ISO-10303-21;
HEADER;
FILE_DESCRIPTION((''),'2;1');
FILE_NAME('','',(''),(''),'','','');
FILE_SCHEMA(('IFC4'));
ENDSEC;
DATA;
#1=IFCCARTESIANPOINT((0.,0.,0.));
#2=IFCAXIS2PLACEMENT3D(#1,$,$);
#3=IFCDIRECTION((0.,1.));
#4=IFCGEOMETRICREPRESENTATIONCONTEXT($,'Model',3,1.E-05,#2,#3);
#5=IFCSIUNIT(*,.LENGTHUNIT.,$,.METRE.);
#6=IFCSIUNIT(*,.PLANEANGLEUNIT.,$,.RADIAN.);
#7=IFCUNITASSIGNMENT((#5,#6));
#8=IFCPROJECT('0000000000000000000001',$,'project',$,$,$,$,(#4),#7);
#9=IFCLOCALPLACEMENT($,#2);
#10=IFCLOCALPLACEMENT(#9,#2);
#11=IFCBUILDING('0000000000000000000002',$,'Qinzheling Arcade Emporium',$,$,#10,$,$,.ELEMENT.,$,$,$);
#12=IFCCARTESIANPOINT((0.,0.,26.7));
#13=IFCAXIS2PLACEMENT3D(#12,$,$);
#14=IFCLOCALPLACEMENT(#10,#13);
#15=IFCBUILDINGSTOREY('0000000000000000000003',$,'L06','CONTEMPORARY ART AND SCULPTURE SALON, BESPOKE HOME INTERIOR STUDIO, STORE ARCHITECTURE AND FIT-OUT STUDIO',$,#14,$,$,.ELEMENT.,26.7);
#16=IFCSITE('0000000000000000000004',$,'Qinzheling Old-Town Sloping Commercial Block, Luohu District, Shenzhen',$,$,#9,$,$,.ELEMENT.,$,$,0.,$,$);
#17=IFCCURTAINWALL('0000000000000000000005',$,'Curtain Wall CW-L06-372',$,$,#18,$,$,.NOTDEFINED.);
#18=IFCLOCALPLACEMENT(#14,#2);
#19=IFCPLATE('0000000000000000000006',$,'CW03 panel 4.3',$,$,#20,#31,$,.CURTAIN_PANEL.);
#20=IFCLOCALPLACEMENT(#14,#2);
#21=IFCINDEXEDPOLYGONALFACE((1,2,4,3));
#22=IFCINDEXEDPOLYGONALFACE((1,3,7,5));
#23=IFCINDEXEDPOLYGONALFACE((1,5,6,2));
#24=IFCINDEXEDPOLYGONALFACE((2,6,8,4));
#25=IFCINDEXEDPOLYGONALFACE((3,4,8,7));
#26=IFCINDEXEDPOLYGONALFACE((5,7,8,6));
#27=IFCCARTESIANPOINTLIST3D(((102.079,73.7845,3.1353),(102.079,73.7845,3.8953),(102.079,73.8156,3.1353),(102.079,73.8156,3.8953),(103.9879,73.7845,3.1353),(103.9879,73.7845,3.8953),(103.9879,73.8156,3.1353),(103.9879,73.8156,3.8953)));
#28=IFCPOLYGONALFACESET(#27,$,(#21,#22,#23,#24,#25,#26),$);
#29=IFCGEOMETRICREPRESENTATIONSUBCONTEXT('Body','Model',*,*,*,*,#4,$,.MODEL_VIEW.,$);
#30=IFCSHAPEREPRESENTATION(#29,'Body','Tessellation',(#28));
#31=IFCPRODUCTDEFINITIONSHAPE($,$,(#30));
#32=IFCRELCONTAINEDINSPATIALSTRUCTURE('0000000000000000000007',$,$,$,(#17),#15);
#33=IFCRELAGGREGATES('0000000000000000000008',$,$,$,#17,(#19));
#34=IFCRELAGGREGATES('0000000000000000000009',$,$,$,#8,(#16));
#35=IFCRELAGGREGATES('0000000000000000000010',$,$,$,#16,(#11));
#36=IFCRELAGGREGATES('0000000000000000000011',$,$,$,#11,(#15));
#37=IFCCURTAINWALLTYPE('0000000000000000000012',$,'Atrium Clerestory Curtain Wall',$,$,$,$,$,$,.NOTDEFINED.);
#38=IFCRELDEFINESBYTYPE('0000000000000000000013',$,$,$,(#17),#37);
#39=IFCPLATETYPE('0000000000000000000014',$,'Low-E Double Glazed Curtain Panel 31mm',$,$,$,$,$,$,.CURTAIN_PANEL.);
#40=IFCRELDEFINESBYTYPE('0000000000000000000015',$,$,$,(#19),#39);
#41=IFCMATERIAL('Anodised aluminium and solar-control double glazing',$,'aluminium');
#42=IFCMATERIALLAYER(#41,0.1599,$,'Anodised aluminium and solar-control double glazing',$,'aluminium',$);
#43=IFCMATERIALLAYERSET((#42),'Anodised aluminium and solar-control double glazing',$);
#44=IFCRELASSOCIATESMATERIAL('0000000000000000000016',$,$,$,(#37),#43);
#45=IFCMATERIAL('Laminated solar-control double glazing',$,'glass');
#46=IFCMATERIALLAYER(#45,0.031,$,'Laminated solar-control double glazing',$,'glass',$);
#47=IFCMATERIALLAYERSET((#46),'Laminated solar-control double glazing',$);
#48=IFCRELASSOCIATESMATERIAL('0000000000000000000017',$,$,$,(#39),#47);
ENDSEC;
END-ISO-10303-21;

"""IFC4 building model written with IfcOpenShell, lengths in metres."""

from ifc_helpers import new_model, si_unit, direction, frame, origin, origin_2d, place, context, subcontext, project, spatial, rectangle, extrude, material, layer, layer_set, type_object, element, aggregate, save


model = new_model("IFC4")

# Units and contexts
model_context = context("Model", 3, precision=1e-05, world=origin(), true_north=direction((0.0, 1.0)))
body_context = subcontext(model_context, "Body", "Model", "MODEL_VIEW")
ifc_project = project(units=[si_unit("LENGTHUNIT", "METRE"), si_unit("PLANEANGLEUNIT", "RADIAN")], contexts=[model_context])

# Site, building, storey
site_placement = place(None, origin())
site = spatial("IfcSite", under=ifc_project, at=site_placement, Name="Qinzheling Old-Town Sloping Commercial Block, Luohu District, Shenzhen", CompositionType="ELEMENT", RefElevation=0.0)
building_placement = place(site_placement, origin())
building = spatial("IfcBuilding", under=site, at=building_placement, Name="Qinzheling Arcade Emporium", CompositionType="ELEMENT")
storey_placement = place(building_placement, frame((0.0, 0.0, 26.7)))
storey = spatial("IfcBuildingStorey", under=building, at=storey_placement, Name="L06", Description="CONTEMPORARY ART AND SCULPTURE SALON, BESPOKE HOME INTERIOR STUDIO, STORE ARCHITECTURE AND FIT-OUT STUDIO", CompositionType="ELEMENT", Elevation=26.7)

# Curtain wall
ifc_material_1 = material(Name="Anodised aluminium and solar-control double glazing", Category="aluminium")
ifc_layer_1 = layer(ifc_material_1, 0.1599, Name="Anodised aluminium and solar-control double glazing", Category="aluminium")
ifc_layer_set_1 = layer_set([ifc_layer_1], Name="Anodised aluminium and solar-control double glazing")
curtain_wall_type = type_object("IfcCurtainWallType", Name="Atrium Clerestory Curtain Wall", PredefinedType="NOTDEFINED", material=ifc_layer_set_1)
curtain_wall_placement = place(storey_placement, origin())
curtain_wall = element("IfcCurtainWall", 1, at=curtain_wall_placement, inside=storey, type_object=curtain_wall_type, Name="Curtain Wall CW-L06-372", PredefinedType="NOTDEFINED")

# Plate
ifc_material_2 = material(Name="Laminated solar-control double glazing", Category="glass")
ifc_layer_2 = layer(ifc_material_2, 0.031, Name="Laminated solar-control double glazing", Category="glass")
ifc_layer_set_2 = layer_set([ifc_layer_2], Name="Laminated solar-control double glazing")
plate_type = type_object("IfcPlateType", Name="Low-E Double Glazed Curtain Panel 31mm", PredefinedType="CURTAIN_PANEL", material=ifc_layer_set_2)
plate_1_placement = place(storey_placement, frame((103.0334, 73.8, 3.1353), z_axis=(0.0, 0.0, 1.0), x_axis=(1.0, 0.0, 0.0)))
plate_1 = element("IfcPlate", 2, at=plate_1_placement, type_object=plate_type, Name="CW03 panel 4.3", PredefinedType="CURTAIN_PANEL", context=body_context, shape_type="SweptSolid", body=[
    extrude(rectangle(XDim=1.9089, YDim=0.031, at=origin_2d()), origin(), (0.0, 0.0, 1.0), 0.76),
])
aggregate(curtain_wall, [plate_1])

save(model, "model.ifc")
